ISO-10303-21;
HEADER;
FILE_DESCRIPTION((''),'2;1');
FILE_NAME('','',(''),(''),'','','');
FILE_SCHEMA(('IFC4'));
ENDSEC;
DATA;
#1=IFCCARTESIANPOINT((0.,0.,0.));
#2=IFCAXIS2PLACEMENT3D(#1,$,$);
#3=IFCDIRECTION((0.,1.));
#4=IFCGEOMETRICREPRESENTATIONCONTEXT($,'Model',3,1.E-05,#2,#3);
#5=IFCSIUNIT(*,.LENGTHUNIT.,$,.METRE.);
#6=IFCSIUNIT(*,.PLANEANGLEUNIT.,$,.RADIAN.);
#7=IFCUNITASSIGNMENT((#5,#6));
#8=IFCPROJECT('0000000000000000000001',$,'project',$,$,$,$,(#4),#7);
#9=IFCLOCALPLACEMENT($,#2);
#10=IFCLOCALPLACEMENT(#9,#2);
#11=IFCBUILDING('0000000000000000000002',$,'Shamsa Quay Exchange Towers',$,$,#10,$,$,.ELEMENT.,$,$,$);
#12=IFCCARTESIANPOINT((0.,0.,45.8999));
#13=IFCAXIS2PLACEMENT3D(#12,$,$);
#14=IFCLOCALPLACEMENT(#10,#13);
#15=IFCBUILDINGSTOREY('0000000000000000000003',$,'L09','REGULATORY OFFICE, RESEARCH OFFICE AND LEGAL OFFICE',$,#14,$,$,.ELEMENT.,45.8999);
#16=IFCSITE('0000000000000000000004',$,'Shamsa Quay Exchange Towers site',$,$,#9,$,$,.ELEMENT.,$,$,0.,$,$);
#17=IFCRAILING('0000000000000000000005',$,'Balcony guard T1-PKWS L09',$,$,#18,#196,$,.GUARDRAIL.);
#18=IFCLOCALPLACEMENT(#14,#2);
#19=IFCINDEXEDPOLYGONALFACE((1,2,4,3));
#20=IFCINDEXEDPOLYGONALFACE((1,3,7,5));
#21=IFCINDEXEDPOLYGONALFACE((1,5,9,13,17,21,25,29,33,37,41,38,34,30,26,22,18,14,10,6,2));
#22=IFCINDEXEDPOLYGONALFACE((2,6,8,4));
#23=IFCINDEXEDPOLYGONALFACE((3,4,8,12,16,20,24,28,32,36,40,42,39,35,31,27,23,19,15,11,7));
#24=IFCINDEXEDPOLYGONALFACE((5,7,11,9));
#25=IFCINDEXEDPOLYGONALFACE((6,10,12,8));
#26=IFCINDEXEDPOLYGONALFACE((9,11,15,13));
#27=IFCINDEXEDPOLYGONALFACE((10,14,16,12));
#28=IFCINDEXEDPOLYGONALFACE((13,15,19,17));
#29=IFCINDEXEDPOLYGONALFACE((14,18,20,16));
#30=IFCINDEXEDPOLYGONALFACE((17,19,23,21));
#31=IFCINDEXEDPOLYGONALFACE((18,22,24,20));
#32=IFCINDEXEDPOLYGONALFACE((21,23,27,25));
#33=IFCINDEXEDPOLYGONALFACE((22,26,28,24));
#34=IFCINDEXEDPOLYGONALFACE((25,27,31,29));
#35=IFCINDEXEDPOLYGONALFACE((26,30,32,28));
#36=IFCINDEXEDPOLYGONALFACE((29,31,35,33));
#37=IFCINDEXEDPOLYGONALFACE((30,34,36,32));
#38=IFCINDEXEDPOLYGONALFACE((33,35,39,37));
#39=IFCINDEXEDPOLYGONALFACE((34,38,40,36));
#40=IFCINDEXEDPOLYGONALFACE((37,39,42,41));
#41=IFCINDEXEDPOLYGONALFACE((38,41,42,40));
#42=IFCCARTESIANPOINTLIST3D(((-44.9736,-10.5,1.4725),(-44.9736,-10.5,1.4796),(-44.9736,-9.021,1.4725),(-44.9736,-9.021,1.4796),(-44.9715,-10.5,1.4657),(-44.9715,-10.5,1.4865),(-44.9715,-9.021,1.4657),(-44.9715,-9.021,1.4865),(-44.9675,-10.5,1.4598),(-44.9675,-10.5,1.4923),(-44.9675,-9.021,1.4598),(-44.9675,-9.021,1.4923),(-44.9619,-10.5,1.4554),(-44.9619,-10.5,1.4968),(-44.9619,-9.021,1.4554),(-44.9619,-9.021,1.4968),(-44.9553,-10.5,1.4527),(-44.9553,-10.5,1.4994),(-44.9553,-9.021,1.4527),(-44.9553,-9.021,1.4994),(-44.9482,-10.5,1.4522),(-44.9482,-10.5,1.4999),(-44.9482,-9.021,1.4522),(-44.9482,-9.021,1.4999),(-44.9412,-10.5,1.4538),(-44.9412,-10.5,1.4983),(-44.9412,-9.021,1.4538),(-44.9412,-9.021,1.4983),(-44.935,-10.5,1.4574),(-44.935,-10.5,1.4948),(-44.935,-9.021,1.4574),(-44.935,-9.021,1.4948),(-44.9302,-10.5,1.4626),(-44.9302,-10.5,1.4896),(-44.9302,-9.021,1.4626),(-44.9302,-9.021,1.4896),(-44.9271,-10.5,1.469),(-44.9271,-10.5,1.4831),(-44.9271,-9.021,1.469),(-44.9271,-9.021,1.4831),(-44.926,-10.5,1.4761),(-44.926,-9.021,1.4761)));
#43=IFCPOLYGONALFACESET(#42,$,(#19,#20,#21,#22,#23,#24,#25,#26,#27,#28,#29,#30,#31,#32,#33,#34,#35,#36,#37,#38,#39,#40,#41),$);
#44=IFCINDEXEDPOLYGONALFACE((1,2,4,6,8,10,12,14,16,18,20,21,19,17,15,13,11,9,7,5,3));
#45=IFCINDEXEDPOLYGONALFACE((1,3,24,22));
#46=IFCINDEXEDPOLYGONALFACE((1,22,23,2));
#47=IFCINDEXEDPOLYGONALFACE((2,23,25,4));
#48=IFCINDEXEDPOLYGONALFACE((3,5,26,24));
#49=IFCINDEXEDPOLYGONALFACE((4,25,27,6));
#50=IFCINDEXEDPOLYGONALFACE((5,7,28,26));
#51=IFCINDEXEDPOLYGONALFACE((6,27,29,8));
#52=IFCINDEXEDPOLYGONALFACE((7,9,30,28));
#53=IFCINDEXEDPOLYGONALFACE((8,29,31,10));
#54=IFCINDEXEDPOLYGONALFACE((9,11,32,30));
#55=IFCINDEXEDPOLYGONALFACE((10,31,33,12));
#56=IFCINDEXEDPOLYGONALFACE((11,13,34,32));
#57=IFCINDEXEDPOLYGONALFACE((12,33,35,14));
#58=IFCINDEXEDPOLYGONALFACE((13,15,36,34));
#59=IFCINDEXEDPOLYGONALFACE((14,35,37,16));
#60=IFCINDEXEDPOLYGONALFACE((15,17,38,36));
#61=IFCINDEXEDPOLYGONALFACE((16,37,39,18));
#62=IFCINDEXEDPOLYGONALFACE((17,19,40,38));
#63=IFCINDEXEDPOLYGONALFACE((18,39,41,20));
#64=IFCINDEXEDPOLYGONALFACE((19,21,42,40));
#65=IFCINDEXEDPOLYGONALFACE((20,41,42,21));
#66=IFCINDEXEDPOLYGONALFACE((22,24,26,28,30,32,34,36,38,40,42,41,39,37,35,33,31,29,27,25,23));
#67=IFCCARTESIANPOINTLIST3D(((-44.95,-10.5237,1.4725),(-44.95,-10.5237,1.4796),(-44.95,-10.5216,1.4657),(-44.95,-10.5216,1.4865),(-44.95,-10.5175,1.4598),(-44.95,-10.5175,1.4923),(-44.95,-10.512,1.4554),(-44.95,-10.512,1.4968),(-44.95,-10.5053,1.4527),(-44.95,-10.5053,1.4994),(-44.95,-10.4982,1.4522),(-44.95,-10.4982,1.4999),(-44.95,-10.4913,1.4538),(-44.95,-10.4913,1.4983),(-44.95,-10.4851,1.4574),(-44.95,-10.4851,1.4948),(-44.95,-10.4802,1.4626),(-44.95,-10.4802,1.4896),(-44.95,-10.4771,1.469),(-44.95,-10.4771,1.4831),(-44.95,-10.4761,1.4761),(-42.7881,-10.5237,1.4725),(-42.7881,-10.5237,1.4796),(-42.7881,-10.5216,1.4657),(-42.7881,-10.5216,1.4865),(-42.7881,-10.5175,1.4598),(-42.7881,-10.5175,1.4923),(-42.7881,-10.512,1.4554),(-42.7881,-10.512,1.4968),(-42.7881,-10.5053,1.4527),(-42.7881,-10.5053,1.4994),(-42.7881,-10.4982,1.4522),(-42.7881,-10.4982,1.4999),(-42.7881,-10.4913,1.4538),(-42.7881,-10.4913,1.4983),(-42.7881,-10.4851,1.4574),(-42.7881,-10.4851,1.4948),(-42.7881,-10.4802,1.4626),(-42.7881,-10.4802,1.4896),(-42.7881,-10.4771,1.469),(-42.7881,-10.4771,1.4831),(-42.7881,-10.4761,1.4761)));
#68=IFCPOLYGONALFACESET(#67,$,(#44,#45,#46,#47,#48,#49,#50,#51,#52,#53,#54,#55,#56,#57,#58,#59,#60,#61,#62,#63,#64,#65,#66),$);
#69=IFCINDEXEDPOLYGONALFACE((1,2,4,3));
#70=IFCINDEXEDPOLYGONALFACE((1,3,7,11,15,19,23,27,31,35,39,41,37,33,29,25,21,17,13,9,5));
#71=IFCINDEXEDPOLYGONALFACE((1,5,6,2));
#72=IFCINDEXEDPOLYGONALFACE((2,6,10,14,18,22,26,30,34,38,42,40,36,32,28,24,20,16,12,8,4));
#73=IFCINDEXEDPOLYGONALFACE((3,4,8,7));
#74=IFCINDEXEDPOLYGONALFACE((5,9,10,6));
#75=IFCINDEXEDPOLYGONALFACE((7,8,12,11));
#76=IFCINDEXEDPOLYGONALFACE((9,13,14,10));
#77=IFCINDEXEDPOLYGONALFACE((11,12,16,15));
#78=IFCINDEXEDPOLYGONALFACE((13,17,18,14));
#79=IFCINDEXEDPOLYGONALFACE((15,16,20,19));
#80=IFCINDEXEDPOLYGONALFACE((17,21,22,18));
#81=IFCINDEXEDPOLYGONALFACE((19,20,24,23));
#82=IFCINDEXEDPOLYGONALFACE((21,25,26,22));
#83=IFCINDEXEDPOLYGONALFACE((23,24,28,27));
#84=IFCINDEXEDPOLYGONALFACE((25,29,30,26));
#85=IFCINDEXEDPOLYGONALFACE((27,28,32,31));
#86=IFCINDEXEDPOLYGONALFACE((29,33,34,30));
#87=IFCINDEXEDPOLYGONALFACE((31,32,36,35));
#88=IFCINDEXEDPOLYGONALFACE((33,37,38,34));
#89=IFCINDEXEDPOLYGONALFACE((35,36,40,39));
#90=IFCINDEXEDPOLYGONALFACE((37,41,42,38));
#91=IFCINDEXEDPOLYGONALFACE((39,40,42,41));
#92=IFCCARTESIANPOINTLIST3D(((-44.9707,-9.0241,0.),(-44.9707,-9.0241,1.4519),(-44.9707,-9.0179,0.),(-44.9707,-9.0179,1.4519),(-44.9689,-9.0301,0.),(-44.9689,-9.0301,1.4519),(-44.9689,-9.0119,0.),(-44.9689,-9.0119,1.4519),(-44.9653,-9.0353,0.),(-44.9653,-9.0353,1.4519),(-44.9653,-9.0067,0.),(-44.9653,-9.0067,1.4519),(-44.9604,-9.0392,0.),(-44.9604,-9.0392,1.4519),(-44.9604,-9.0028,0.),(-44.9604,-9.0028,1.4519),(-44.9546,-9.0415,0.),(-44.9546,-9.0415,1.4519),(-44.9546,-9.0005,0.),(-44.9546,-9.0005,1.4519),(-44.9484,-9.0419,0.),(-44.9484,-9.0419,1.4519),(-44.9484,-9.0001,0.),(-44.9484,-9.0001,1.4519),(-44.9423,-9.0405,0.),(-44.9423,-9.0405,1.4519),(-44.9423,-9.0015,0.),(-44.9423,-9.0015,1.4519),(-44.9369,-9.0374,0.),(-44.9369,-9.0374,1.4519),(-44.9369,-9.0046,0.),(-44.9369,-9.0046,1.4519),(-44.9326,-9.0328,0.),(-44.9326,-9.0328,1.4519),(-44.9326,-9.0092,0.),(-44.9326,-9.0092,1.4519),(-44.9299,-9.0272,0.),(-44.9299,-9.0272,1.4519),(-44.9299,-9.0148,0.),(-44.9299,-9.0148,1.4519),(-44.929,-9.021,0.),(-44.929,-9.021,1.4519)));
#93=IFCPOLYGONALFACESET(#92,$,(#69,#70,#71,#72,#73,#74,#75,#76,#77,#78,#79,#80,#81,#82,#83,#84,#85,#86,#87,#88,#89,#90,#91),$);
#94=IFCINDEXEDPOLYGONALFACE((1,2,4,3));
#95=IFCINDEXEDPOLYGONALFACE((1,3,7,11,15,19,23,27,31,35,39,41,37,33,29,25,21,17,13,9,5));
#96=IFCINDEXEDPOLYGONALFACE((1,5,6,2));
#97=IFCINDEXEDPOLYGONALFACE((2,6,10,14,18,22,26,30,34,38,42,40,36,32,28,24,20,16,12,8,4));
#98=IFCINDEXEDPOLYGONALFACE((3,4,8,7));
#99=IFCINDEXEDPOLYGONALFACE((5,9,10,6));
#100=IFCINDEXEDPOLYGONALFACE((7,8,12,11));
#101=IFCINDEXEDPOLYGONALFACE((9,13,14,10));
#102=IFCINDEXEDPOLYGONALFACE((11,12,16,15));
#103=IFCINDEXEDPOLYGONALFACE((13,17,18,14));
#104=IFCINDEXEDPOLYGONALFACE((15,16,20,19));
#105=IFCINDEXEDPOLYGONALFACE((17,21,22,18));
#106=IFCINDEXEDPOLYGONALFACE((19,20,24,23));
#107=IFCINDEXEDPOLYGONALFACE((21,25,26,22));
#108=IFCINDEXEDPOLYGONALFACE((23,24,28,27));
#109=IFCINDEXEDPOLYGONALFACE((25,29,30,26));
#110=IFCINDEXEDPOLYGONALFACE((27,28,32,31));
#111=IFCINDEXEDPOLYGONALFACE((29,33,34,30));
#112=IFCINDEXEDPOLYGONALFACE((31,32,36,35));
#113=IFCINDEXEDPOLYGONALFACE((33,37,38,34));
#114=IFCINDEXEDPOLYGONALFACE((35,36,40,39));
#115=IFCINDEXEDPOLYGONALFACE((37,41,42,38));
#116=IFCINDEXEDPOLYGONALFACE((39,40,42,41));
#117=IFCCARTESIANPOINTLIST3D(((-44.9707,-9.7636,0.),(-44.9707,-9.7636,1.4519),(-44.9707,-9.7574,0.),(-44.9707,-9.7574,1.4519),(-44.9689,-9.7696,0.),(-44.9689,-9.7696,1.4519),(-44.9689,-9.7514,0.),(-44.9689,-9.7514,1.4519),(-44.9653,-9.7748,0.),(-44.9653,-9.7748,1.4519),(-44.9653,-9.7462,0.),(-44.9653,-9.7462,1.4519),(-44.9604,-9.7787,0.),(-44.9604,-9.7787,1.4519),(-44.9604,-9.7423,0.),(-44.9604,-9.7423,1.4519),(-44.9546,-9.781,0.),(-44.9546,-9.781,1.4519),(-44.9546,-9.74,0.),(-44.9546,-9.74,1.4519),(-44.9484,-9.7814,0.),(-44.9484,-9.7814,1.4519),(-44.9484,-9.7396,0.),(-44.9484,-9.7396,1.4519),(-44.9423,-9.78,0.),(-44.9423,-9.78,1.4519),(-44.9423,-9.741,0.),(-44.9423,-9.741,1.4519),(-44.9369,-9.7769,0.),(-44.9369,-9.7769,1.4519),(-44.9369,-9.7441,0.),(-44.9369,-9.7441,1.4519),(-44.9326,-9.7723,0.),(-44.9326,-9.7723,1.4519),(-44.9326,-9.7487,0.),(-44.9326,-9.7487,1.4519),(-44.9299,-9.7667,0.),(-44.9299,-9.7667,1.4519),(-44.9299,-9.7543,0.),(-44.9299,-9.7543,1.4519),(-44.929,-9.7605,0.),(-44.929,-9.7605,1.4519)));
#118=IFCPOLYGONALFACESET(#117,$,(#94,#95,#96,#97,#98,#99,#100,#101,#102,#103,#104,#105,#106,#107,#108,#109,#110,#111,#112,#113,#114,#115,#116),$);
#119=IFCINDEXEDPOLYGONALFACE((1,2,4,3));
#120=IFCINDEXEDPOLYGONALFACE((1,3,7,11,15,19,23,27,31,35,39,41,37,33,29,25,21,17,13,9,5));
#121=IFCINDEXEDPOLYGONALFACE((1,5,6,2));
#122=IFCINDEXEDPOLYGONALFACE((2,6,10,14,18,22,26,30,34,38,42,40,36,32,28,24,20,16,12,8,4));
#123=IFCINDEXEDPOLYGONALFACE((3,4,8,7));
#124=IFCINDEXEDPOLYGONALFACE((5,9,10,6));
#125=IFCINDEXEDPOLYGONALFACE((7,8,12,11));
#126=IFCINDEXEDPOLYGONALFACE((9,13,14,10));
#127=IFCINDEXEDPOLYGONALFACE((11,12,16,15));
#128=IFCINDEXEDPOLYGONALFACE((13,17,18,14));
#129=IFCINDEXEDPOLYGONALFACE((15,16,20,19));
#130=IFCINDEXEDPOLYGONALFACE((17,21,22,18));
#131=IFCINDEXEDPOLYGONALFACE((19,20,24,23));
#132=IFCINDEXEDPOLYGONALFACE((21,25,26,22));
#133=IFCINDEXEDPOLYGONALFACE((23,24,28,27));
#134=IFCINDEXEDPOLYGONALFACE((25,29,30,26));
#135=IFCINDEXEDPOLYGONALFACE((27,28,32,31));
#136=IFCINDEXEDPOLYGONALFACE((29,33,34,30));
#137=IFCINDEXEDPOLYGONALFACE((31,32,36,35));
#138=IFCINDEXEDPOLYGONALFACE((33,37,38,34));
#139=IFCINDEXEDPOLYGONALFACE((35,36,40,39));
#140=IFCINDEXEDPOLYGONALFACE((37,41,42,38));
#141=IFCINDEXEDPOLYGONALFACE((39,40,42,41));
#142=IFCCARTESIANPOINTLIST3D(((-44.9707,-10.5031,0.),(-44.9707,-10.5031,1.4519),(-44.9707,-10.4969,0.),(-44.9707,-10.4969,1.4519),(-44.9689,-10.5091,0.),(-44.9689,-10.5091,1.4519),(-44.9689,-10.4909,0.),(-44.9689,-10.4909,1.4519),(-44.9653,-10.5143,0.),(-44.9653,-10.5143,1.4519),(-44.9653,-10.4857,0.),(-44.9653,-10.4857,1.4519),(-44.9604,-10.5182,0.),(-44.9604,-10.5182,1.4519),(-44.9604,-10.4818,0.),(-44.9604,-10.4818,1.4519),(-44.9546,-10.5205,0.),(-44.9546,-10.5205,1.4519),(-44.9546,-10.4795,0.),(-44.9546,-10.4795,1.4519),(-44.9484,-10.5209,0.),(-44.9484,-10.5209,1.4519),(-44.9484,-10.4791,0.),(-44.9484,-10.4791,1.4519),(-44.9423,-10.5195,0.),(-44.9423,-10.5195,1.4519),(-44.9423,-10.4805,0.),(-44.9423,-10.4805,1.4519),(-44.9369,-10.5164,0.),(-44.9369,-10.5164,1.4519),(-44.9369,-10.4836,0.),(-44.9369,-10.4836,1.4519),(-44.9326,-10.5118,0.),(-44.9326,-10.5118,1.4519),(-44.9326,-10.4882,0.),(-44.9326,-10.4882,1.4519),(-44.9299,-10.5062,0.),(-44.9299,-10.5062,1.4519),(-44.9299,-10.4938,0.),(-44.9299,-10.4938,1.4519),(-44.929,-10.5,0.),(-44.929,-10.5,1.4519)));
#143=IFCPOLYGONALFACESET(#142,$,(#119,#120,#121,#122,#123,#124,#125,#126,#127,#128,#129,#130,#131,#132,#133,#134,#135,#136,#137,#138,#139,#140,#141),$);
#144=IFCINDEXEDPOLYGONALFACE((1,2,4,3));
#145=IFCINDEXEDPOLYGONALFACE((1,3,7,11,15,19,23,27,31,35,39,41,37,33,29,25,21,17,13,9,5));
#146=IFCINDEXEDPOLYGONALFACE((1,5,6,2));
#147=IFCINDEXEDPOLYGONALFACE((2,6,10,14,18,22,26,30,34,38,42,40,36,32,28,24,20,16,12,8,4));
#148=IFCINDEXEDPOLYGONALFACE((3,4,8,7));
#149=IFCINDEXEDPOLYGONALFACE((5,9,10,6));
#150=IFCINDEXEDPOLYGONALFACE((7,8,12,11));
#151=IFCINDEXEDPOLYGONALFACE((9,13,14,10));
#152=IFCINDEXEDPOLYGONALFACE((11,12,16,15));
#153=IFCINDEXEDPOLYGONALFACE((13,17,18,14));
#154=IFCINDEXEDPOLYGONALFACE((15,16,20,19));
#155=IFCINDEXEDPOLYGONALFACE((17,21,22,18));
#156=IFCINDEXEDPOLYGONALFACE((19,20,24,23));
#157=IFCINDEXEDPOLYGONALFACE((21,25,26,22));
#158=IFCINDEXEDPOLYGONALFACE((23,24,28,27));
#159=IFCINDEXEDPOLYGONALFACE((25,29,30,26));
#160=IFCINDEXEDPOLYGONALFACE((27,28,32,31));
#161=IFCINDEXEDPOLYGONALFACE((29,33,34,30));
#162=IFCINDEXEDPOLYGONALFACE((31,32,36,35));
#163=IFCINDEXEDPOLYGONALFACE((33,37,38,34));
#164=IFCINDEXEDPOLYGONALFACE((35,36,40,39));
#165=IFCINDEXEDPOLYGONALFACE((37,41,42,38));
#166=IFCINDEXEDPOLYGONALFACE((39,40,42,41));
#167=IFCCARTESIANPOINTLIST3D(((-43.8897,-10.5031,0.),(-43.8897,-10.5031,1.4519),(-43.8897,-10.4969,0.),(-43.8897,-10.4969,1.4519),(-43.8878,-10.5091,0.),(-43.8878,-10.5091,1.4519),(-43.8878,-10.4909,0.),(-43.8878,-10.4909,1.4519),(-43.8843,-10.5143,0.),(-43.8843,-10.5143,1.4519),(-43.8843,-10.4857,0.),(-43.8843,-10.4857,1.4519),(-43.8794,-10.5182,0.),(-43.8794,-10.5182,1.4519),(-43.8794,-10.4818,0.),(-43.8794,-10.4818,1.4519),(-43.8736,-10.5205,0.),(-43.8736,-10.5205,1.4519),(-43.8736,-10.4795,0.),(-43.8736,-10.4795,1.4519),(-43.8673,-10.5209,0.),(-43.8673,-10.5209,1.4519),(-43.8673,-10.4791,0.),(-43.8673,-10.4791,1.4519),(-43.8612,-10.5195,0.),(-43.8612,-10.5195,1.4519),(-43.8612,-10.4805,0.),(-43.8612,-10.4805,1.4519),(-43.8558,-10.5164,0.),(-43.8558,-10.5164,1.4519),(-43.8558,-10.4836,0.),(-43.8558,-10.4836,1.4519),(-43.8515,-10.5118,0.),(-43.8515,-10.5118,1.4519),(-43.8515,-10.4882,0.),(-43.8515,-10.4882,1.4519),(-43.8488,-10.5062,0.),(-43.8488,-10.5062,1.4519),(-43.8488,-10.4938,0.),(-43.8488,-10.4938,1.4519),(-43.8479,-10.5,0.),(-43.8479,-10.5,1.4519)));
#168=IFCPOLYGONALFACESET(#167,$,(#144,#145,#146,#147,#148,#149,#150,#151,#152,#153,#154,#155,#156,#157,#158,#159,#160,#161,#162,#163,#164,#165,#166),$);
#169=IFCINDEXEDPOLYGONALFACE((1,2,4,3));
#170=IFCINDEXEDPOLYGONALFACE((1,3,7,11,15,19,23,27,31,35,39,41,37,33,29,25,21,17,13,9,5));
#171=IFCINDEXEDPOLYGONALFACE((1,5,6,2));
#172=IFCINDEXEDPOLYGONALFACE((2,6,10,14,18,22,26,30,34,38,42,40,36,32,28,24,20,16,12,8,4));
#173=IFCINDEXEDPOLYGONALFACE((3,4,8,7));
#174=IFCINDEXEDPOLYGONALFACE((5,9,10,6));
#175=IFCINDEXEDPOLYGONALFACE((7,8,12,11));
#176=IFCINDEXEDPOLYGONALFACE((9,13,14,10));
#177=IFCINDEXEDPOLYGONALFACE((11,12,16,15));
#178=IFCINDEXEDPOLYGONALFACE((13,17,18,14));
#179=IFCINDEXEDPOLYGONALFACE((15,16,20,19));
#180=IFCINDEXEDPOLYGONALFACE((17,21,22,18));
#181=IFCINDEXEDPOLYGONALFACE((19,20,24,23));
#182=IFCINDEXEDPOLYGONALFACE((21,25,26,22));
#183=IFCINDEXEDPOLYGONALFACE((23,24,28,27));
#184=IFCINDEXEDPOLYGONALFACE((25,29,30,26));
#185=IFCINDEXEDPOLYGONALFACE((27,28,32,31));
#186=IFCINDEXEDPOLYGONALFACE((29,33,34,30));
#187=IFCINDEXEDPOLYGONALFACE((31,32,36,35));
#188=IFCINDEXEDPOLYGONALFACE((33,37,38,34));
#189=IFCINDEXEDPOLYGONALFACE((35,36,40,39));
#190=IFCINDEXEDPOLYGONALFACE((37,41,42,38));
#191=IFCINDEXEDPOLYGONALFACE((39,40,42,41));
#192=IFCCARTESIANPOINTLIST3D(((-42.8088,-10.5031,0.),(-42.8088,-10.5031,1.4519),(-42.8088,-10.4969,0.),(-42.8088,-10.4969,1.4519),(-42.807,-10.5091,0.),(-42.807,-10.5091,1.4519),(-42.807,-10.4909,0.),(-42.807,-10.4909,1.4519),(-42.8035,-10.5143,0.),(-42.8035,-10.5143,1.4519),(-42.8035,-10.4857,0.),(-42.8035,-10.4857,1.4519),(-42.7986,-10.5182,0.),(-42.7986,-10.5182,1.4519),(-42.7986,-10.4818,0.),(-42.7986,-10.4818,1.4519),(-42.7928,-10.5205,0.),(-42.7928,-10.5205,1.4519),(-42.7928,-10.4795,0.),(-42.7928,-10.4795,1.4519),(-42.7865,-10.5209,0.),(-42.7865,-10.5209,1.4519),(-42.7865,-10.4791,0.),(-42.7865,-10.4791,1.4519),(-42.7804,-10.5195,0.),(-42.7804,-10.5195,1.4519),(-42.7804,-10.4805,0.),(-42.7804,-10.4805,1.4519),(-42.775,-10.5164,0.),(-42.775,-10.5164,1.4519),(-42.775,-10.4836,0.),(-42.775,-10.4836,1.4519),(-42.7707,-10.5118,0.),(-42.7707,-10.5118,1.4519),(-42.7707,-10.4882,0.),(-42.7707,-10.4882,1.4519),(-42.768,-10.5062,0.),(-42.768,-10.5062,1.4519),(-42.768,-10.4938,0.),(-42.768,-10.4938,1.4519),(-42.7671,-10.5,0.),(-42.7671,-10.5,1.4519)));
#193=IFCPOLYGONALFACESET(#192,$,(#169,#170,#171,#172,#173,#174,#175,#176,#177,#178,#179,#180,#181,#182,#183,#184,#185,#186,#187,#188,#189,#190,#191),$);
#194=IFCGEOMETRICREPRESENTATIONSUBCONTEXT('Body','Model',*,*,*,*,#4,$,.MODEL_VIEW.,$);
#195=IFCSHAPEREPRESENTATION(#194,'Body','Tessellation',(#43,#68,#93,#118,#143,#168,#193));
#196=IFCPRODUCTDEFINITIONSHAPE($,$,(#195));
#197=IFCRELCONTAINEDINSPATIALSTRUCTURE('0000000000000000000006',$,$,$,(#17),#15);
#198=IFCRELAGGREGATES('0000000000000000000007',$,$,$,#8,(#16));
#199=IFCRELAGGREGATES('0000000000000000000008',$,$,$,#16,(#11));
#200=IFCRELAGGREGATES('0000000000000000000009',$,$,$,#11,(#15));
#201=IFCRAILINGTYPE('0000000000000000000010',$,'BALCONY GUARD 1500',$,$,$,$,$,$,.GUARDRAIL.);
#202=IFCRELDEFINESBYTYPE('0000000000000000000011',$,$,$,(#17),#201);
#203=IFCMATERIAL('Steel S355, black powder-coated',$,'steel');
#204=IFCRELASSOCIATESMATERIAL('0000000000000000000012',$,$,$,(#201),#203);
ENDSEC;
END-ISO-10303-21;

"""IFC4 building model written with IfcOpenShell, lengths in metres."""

from ifc_helpers import new_model, si_unit, direction, frame, origin, origin_2d, place, context, subcontext, project, spatial, circle, extrude, material, type_object, element, save


model = new_model("IFC4")

# Units and contexts
model_context = context("Model", 3, precision=1e-05, world=origin(), true_north=direction((0.0, 1.0)))
body_context = subcontext(model_context, "Body", "Model", "MODEL_VIEW")
ifc_project = project(units=[si_unit("LENGTHUNIT", "METRE"), si_unit("PLANEANGLEUNIT", "RADIAN")], contexts=[model_context])

# Site, building, storey
site_placement = place(None, origin())
site = spatial("IfcSite", under=ifc_project, at=site_placement, Name="Shamsa Quay Exchange Towers site", CompositionType="ELEMENT", RefElevation=0.0)
building_placement = place(site_placement, origin())
building = spatial("IfcBuilding", under=site, at=building_placement, Name="Shamsa Quay Exchange Towers", CompositionType="ELEMENT")
storey_placement = place(building_placement, frame((0.0, 0.0, 45.8999)))
storey = spatial("IfcBuildingStorey", under=building, at=storey_placement, Name="L09", Description="REGULATORY OFFICE, RESEARCH OFFICE AND LEGAL OFFICE", CompositionType="ELEMENT", Elevation=45.8999)

# Railing
ifc_material_1 = material(Name="Steel S355, black powder-coated", Category="steel")
railing_type = type_object("IfcRailingType", Name="BALCONY GUARD 1500", PredefinedType="GUARDRAIL", material=ifc_material_1)
for number, where, name in (
    (1, (-44.95, -9.021, 0.0), "Balcony guard T1-PKWS L09"),
):
    element("IfcRailing", number, at=place(storey_placement, frame(where)), inside=storey, type_object=railing_type, Name=name, PredefinedType="GUARDRAIL", context=body_context, shape_type="SweptSolid", body=[
        extrude(circle(Radius=0.0239, at=origin_2d()), frame((0.0, 0.0, 1.4761), z_axis=(0.0, -1.0, 0.0), x_axis=(1.0, 0.0, 0.0)), (0.0, 0.0, 1.0), 1.479),
        extrude(circle(Radius=0.0239, at=origin_2d()), frame((0.0, -1.479, 1.4761), z_axis=(1.0, 0.0, 0.0), x_axis=(0.0, 1.0, 0.0)), (0.0, 0.0, 1.0), 2.1619),
        extrude(circle(Radius=0.021, at=origin_2d()), origin(), (0.0, 0.0, 1.0), 1.4519),
        extrude(circle(Radius=0.021, at=origin_2d()), frame((0.0, -0.7395, 0.0)), (0.0, 0.0, 1.0), 1.4519),
        extrude(circle(Radius=0.021, at=origin_2d()), frame((0.0, -1.479, 0.0)), (0.0, 0.0, 1.0), 1.4519),
        extrude(circle(Radius=0.021, at=origin_2d()), frame((1.0811, -1.479, 0.0)), (0.0, 0.0, 1.0), 1.4519),
        extrude(circle(Radius=0.021, at=origin_2d()), frame((2.1619, -1.479, 0.0)), (0.0, 0.0, 1.0), 1.4519),
    ])

save(model, "model.ifc")
